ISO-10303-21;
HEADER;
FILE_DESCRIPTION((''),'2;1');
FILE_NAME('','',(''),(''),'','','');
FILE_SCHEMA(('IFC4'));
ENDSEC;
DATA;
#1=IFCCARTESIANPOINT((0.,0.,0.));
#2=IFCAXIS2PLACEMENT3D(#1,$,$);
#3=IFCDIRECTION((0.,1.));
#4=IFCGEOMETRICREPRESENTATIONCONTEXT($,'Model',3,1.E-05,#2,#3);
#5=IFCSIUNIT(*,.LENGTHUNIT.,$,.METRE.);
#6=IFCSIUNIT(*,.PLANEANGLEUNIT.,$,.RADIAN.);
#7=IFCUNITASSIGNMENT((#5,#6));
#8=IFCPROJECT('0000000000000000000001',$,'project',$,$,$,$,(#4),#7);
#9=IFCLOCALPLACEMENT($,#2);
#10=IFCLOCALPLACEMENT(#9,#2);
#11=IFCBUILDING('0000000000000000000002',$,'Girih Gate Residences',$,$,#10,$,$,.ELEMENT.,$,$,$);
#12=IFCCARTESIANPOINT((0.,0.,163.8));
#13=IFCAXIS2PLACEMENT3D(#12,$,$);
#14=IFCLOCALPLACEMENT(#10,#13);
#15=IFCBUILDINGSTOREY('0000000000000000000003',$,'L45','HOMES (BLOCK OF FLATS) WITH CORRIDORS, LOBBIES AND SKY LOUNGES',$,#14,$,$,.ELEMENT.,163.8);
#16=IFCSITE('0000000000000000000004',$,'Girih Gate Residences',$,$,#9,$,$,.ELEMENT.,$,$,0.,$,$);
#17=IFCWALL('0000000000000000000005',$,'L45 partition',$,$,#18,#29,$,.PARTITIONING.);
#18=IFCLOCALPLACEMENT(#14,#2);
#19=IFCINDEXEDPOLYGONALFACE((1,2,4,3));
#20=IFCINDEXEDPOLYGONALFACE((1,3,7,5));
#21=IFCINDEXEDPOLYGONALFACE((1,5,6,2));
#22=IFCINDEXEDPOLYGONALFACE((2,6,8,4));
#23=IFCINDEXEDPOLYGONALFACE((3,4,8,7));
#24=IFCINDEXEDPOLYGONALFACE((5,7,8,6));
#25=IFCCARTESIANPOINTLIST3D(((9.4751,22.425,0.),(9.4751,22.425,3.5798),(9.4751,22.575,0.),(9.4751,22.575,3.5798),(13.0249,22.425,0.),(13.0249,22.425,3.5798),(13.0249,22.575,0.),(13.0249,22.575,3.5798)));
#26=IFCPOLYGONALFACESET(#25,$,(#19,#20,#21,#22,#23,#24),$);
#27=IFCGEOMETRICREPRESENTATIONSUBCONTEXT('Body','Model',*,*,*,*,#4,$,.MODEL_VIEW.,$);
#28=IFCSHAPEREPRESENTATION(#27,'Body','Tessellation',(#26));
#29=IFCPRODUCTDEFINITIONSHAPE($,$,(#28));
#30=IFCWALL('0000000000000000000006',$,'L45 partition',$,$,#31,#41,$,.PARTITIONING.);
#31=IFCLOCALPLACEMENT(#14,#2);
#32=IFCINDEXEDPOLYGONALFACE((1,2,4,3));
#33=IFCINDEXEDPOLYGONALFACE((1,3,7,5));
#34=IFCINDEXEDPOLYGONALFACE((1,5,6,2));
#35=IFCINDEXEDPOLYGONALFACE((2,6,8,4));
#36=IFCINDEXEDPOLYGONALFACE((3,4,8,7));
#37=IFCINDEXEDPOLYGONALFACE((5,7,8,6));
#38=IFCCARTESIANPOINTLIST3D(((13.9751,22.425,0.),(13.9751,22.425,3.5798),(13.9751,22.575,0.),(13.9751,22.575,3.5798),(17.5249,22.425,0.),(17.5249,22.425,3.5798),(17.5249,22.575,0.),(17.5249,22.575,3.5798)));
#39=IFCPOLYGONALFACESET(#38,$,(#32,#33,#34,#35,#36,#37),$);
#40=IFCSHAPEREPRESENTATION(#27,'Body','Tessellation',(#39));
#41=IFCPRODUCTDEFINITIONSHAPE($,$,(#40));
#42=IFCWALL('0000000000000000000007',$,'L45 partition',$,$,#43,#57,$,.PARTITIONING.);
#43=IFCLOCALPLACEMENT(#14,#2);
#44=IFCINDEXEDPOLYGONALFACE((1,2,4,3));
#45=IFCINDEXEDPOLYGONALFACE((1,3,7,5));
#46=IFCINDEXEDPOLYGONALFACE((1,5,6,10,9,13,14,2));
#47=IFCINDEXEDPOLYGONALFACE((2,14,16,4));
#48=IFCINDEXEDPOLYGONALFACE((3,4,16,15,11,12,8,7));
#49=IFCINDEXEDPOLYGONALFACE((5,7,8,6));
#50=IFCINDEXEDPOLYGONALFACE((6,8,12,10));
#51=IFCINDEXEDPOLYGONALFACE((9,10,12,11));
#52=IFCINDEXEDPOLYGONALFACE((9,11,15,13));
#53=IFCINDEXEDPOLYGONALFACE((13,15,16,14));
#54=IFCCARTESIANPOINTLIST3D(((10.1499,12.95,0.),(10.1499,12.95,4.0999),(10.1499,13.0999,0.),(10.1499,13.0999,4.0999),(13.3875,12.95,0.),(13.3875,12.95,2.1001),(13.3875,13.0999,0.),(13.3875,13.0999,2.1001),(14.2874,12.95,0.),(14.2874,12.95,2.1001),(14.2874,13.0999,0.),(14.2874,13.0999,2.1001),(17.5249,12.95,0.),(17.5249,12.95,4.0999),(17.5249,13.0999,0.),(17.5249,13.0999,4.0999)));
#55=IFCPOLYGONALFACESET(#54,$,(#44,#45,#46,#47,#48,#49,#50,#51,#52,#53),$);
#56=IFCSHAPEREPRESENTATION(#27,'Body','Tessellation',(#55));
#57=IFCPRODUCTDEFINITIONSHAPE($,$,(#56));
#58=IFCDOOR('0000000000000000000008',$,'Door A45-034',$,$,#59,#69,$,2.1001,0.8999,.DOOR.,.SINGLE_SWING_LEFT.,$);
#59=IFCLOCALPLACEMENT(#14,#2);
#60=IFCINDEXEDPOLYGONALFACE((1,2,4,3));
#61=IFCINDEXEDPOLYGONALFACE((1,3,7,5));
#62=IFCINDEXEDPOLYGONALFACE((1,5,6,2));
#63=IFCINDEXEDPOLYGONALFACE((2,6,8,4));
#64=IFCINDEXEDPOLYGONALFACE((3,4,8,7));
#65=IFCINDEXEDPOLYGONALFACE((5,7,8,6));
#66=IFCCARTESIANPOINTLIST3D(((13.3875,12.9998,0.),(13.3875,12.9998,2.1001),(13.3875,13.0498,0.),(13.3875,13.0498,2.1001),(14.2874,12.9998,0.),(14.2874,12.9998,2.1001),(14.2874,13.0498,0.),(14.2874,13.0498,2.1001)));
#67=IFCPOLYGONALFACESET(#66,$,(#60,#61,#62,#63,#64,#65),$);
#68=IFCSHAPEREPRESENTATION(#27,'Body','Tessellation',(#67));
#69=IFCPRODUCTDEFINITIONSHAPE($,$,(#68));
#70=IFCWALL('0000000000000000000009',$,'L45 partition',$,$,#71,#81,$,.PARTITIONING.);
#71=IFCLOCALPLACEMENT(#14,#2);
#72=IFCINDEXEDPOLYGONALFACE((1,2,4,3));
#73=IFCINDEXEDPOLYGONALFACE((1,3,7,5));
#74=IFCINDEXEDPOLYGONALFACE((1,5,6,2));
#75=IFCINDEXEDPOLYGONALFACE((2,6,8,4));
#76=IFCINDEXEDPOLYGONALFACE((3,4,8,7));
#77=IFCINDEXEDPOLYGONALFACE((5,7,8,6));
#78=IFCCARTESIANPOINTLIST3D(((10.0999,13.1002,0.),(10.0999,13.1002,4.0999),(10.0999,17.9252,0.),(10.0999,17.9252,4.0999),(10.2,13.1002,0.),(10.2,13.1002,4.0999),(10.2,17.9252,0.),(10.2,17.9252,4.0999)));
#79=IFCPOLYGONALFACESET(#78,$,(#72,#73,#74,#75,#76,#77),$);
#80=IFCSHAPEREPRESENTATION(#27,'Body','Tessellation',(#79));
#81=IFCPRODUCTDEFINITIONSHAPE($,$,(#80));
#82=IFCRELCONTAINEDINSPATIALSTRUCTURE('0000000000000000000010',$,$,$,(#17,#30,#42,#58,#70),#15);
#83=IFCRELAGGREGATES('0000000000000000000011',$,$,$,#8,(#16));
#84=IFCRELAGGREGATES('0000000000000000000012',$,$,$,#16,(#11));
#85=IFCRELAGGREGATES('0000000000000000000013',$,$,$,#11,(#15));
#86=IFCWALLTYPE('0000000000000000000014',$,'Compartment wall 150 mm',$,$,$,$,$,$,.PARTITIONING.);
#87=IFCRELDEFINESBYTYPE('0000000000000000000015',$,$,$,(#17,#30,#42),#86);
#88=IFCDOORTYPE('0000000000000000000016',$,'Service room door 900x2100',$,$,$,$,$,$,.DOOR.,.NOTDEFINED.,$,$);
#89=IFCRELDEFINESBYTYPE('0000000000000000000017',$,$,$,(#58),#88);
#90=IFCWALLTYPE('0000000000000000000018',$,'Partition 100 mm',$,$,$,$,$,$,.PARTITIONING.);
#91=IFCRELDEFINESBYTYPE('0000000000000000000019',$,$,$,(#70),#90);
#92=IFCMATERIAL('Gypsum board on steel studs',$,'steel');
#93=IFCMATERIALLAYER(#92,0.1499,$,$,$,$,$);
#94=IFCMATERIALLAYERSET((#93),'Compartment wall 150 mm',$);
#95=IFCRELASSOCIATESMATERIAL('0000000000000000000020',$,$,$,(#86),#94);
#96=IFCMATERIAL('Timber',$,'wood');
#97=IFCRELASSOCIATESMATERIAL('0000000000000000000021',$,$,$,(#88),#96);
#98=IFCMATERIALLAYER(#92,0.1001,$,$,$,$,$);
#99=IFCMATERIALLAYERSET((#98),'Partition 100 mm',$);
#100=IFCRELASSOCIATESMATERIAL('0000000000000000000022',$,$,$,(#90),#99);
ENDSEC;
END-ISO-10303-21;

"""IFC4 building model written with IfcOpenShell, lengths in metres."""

from ifc_helpers import new_model, si_unit, direction, frame, frame_2d, origin, place, context, subcontext, project, spatial, rectangle, extrude, material, layer, layer_set, type_object, element, fill, save


model = new_model("IFC4")

# Units and contexts
model_context = context("Model", 3, precision=1e-05, world=origin(), true_north=direction((0.0, 1.0)))
body_context = subcontext(model_context, "Body", "Model", "MODEL_VIEW")
ifc_project = project(units=[si_unit("LENGTHUNIT", "METRE"), si_unit("PLANEANGLEUNIT", "RADIAN")], contexts=[model_context])

# Site, building, storey
site_placement = place(None, origin())
site = spatial("IfcSite", under=ifc_project, at=site_placement, Name="Girih Gate Residences", CompositionType="ELEMENT", RefElevation=0.0)
building_placement = place(site_placement, origin())
building = spatial("IfcBuilding", under=site, at=building_placement, Name="Girih Gate Residences", CompositionType="ELEMENT")
storey_placement = place(building_placement, frame((0.0, 0.0, 163.8)))
storey = spatial("IfcBuildingStorey", under=building, at=storey_placement, Name="L45", Description="HOMES (BLOCK OF FLATS) WITH CORRIDORS, LOBBIES AND SKY LOUNGES", CompositionType="ELEMENT", Elevation=163.8)

# Walls
ifc_material_1 = material(Name="Gypsum board on steel studs", Category="steel")
ifc_layer_1 = layer(ifc_material_1, 0.1499)
ifc_layer_set_1 = layer_set([ifc_layer_1], Name="Compartment wall 150 mm")
wall_type_1 = type_object("IfcWallType", Name="Compartment wall 150 mm", PredefinedType="PARTITIONING", material=ifc_layer_set_1)
for number, where, z_axis, x_axis, name in (
    (1, (9.4751, 22.5, 0.0), (0.0, 0.0, 1.0), (1.0, 0.0, 0.0), "L45 partition"),
    (2, (13.9751, 22.5, 0.0), (0.0, 0.0, 1.0), (1.0, 0.0, 0.0), "L45 partition"),
):
    element("IfcWall", number, at=place(storey_placement, frame(where, z_axis=z_axis, x_axis=x_axis)), inside=storey, type_object=wall_type_1, Name=name, PredefinedType="PARTITIONING", context=body_context, shape_type="SweptSolid", body=[
        extrude(rectangle(XDim=3.5498, YDim=0.1499, at=frame_2d((1.7749, 0.0))), origin(), (0.0, 0.0, 1.0), 3.5798),
    ])

# Wall, opening, door
wall_1_placement = place(storey_placement, frame((10.1499, 13.0249, 0.0), z_axis=(0.0, 0.0, 1.0), x_axis=(1.0, 0.0, 0.0)))
wall_1 = element("IfcWall", 3, at=wall_1_placement, inside=storey, type_object=wall_type_1, Name="L45 partition", PredefinedType="PARTITIONING", context=body_context, shape_type="SweptSolid", body=[
    extrude(rectangle(XDim=7.375, YDim=0.1499, at=frame_2d((3.6875, 0.0))), origin(), (0.0, 0.0, 1.0), 4.0999),
])
opening_placement = place(wall_1_placement, frame((3.2375, 0.0, 0.0)))
opening = element("IfcOpeningElement", 4, at=opening_placement, cuts=wall_1, PredefinedType="OPENING", context=body_context, shape_type="SweptSolid", body=[
    extrude(rectangle(XDim=0.8999, YDim=2.1001, at=frame_2d((0.45, 1.05))), frame((0.0, 0.085, 0.0), z_axis=(0.0, -1.0, 0.0), x_axis=(1.0, 0.0, 0.0)), (0.0, 0.0, 1.0), 0.1699),
])
ifc_material_2 = material(Name="Timber", Category="wood")
door_type = type_object("IfcDoorType", Name="Service room door 900x2100", OperationType="NOTDEFINED", PredefinedType="DOOR", material=ifc_material_2)
door_placement = place(opening_placement, origin())
door = element("IfcDoor", 5, at=door_placement, inside=storey, type_object=door_type, Name="Door A45-034", OperationType="SINGLE_SWING_LEFT", OverallHeight=2.1001, OverallWidth=0.8999, PredefinedType="DOOR", context=body_context, shape_type="SweptSolid", body=[
    extrude(rectangle(XDim=0.8999, YDim=2.1001, at=frame_2d((0.45, 1.05))), frame((0.0, 0.0249, 0.0), z_axis=(0.0, -1.0, 0.0), x_axis=(1.0, 0.0, 0.0)), (0.0, 0.0, 1.0), 0.05),
])
fill(opening, door)

# Wall
ifc_layer_2 = layer(ifc_material_1, 0.1001)
ifc_layer_set_2 = layer_set([ifc_layer_2], Name="Partition 100 mm")
wall_type_2 = type_object("IfcWallType", Name="Partition 100 mm", PredefinedType="PARTITIONING", material=ifc_layer_set_2)
wall_2_placement = place(storey_placement, frame((10.1499, 13.1001, 0.0), z_axis=(0.0, 0.0, 1.0), x_axis=(0.0, 1.0, 0.0)))
element("IfcWall", 6, at=wall_2_placement, inside=storey, type_object=wall_type_2, Name="L45 partition", PredefinedType="PARTITIONING", context=body_context, shape_type="SweptSolid", body=[
    extrude(rectangle(XDim=4.825, YDim=0.1001, at=frame_2d((2.4126, 0.0))), origin(), (0.0, 0.0, 1.0), 4.0999),
])

save(model, "model.ifc")
